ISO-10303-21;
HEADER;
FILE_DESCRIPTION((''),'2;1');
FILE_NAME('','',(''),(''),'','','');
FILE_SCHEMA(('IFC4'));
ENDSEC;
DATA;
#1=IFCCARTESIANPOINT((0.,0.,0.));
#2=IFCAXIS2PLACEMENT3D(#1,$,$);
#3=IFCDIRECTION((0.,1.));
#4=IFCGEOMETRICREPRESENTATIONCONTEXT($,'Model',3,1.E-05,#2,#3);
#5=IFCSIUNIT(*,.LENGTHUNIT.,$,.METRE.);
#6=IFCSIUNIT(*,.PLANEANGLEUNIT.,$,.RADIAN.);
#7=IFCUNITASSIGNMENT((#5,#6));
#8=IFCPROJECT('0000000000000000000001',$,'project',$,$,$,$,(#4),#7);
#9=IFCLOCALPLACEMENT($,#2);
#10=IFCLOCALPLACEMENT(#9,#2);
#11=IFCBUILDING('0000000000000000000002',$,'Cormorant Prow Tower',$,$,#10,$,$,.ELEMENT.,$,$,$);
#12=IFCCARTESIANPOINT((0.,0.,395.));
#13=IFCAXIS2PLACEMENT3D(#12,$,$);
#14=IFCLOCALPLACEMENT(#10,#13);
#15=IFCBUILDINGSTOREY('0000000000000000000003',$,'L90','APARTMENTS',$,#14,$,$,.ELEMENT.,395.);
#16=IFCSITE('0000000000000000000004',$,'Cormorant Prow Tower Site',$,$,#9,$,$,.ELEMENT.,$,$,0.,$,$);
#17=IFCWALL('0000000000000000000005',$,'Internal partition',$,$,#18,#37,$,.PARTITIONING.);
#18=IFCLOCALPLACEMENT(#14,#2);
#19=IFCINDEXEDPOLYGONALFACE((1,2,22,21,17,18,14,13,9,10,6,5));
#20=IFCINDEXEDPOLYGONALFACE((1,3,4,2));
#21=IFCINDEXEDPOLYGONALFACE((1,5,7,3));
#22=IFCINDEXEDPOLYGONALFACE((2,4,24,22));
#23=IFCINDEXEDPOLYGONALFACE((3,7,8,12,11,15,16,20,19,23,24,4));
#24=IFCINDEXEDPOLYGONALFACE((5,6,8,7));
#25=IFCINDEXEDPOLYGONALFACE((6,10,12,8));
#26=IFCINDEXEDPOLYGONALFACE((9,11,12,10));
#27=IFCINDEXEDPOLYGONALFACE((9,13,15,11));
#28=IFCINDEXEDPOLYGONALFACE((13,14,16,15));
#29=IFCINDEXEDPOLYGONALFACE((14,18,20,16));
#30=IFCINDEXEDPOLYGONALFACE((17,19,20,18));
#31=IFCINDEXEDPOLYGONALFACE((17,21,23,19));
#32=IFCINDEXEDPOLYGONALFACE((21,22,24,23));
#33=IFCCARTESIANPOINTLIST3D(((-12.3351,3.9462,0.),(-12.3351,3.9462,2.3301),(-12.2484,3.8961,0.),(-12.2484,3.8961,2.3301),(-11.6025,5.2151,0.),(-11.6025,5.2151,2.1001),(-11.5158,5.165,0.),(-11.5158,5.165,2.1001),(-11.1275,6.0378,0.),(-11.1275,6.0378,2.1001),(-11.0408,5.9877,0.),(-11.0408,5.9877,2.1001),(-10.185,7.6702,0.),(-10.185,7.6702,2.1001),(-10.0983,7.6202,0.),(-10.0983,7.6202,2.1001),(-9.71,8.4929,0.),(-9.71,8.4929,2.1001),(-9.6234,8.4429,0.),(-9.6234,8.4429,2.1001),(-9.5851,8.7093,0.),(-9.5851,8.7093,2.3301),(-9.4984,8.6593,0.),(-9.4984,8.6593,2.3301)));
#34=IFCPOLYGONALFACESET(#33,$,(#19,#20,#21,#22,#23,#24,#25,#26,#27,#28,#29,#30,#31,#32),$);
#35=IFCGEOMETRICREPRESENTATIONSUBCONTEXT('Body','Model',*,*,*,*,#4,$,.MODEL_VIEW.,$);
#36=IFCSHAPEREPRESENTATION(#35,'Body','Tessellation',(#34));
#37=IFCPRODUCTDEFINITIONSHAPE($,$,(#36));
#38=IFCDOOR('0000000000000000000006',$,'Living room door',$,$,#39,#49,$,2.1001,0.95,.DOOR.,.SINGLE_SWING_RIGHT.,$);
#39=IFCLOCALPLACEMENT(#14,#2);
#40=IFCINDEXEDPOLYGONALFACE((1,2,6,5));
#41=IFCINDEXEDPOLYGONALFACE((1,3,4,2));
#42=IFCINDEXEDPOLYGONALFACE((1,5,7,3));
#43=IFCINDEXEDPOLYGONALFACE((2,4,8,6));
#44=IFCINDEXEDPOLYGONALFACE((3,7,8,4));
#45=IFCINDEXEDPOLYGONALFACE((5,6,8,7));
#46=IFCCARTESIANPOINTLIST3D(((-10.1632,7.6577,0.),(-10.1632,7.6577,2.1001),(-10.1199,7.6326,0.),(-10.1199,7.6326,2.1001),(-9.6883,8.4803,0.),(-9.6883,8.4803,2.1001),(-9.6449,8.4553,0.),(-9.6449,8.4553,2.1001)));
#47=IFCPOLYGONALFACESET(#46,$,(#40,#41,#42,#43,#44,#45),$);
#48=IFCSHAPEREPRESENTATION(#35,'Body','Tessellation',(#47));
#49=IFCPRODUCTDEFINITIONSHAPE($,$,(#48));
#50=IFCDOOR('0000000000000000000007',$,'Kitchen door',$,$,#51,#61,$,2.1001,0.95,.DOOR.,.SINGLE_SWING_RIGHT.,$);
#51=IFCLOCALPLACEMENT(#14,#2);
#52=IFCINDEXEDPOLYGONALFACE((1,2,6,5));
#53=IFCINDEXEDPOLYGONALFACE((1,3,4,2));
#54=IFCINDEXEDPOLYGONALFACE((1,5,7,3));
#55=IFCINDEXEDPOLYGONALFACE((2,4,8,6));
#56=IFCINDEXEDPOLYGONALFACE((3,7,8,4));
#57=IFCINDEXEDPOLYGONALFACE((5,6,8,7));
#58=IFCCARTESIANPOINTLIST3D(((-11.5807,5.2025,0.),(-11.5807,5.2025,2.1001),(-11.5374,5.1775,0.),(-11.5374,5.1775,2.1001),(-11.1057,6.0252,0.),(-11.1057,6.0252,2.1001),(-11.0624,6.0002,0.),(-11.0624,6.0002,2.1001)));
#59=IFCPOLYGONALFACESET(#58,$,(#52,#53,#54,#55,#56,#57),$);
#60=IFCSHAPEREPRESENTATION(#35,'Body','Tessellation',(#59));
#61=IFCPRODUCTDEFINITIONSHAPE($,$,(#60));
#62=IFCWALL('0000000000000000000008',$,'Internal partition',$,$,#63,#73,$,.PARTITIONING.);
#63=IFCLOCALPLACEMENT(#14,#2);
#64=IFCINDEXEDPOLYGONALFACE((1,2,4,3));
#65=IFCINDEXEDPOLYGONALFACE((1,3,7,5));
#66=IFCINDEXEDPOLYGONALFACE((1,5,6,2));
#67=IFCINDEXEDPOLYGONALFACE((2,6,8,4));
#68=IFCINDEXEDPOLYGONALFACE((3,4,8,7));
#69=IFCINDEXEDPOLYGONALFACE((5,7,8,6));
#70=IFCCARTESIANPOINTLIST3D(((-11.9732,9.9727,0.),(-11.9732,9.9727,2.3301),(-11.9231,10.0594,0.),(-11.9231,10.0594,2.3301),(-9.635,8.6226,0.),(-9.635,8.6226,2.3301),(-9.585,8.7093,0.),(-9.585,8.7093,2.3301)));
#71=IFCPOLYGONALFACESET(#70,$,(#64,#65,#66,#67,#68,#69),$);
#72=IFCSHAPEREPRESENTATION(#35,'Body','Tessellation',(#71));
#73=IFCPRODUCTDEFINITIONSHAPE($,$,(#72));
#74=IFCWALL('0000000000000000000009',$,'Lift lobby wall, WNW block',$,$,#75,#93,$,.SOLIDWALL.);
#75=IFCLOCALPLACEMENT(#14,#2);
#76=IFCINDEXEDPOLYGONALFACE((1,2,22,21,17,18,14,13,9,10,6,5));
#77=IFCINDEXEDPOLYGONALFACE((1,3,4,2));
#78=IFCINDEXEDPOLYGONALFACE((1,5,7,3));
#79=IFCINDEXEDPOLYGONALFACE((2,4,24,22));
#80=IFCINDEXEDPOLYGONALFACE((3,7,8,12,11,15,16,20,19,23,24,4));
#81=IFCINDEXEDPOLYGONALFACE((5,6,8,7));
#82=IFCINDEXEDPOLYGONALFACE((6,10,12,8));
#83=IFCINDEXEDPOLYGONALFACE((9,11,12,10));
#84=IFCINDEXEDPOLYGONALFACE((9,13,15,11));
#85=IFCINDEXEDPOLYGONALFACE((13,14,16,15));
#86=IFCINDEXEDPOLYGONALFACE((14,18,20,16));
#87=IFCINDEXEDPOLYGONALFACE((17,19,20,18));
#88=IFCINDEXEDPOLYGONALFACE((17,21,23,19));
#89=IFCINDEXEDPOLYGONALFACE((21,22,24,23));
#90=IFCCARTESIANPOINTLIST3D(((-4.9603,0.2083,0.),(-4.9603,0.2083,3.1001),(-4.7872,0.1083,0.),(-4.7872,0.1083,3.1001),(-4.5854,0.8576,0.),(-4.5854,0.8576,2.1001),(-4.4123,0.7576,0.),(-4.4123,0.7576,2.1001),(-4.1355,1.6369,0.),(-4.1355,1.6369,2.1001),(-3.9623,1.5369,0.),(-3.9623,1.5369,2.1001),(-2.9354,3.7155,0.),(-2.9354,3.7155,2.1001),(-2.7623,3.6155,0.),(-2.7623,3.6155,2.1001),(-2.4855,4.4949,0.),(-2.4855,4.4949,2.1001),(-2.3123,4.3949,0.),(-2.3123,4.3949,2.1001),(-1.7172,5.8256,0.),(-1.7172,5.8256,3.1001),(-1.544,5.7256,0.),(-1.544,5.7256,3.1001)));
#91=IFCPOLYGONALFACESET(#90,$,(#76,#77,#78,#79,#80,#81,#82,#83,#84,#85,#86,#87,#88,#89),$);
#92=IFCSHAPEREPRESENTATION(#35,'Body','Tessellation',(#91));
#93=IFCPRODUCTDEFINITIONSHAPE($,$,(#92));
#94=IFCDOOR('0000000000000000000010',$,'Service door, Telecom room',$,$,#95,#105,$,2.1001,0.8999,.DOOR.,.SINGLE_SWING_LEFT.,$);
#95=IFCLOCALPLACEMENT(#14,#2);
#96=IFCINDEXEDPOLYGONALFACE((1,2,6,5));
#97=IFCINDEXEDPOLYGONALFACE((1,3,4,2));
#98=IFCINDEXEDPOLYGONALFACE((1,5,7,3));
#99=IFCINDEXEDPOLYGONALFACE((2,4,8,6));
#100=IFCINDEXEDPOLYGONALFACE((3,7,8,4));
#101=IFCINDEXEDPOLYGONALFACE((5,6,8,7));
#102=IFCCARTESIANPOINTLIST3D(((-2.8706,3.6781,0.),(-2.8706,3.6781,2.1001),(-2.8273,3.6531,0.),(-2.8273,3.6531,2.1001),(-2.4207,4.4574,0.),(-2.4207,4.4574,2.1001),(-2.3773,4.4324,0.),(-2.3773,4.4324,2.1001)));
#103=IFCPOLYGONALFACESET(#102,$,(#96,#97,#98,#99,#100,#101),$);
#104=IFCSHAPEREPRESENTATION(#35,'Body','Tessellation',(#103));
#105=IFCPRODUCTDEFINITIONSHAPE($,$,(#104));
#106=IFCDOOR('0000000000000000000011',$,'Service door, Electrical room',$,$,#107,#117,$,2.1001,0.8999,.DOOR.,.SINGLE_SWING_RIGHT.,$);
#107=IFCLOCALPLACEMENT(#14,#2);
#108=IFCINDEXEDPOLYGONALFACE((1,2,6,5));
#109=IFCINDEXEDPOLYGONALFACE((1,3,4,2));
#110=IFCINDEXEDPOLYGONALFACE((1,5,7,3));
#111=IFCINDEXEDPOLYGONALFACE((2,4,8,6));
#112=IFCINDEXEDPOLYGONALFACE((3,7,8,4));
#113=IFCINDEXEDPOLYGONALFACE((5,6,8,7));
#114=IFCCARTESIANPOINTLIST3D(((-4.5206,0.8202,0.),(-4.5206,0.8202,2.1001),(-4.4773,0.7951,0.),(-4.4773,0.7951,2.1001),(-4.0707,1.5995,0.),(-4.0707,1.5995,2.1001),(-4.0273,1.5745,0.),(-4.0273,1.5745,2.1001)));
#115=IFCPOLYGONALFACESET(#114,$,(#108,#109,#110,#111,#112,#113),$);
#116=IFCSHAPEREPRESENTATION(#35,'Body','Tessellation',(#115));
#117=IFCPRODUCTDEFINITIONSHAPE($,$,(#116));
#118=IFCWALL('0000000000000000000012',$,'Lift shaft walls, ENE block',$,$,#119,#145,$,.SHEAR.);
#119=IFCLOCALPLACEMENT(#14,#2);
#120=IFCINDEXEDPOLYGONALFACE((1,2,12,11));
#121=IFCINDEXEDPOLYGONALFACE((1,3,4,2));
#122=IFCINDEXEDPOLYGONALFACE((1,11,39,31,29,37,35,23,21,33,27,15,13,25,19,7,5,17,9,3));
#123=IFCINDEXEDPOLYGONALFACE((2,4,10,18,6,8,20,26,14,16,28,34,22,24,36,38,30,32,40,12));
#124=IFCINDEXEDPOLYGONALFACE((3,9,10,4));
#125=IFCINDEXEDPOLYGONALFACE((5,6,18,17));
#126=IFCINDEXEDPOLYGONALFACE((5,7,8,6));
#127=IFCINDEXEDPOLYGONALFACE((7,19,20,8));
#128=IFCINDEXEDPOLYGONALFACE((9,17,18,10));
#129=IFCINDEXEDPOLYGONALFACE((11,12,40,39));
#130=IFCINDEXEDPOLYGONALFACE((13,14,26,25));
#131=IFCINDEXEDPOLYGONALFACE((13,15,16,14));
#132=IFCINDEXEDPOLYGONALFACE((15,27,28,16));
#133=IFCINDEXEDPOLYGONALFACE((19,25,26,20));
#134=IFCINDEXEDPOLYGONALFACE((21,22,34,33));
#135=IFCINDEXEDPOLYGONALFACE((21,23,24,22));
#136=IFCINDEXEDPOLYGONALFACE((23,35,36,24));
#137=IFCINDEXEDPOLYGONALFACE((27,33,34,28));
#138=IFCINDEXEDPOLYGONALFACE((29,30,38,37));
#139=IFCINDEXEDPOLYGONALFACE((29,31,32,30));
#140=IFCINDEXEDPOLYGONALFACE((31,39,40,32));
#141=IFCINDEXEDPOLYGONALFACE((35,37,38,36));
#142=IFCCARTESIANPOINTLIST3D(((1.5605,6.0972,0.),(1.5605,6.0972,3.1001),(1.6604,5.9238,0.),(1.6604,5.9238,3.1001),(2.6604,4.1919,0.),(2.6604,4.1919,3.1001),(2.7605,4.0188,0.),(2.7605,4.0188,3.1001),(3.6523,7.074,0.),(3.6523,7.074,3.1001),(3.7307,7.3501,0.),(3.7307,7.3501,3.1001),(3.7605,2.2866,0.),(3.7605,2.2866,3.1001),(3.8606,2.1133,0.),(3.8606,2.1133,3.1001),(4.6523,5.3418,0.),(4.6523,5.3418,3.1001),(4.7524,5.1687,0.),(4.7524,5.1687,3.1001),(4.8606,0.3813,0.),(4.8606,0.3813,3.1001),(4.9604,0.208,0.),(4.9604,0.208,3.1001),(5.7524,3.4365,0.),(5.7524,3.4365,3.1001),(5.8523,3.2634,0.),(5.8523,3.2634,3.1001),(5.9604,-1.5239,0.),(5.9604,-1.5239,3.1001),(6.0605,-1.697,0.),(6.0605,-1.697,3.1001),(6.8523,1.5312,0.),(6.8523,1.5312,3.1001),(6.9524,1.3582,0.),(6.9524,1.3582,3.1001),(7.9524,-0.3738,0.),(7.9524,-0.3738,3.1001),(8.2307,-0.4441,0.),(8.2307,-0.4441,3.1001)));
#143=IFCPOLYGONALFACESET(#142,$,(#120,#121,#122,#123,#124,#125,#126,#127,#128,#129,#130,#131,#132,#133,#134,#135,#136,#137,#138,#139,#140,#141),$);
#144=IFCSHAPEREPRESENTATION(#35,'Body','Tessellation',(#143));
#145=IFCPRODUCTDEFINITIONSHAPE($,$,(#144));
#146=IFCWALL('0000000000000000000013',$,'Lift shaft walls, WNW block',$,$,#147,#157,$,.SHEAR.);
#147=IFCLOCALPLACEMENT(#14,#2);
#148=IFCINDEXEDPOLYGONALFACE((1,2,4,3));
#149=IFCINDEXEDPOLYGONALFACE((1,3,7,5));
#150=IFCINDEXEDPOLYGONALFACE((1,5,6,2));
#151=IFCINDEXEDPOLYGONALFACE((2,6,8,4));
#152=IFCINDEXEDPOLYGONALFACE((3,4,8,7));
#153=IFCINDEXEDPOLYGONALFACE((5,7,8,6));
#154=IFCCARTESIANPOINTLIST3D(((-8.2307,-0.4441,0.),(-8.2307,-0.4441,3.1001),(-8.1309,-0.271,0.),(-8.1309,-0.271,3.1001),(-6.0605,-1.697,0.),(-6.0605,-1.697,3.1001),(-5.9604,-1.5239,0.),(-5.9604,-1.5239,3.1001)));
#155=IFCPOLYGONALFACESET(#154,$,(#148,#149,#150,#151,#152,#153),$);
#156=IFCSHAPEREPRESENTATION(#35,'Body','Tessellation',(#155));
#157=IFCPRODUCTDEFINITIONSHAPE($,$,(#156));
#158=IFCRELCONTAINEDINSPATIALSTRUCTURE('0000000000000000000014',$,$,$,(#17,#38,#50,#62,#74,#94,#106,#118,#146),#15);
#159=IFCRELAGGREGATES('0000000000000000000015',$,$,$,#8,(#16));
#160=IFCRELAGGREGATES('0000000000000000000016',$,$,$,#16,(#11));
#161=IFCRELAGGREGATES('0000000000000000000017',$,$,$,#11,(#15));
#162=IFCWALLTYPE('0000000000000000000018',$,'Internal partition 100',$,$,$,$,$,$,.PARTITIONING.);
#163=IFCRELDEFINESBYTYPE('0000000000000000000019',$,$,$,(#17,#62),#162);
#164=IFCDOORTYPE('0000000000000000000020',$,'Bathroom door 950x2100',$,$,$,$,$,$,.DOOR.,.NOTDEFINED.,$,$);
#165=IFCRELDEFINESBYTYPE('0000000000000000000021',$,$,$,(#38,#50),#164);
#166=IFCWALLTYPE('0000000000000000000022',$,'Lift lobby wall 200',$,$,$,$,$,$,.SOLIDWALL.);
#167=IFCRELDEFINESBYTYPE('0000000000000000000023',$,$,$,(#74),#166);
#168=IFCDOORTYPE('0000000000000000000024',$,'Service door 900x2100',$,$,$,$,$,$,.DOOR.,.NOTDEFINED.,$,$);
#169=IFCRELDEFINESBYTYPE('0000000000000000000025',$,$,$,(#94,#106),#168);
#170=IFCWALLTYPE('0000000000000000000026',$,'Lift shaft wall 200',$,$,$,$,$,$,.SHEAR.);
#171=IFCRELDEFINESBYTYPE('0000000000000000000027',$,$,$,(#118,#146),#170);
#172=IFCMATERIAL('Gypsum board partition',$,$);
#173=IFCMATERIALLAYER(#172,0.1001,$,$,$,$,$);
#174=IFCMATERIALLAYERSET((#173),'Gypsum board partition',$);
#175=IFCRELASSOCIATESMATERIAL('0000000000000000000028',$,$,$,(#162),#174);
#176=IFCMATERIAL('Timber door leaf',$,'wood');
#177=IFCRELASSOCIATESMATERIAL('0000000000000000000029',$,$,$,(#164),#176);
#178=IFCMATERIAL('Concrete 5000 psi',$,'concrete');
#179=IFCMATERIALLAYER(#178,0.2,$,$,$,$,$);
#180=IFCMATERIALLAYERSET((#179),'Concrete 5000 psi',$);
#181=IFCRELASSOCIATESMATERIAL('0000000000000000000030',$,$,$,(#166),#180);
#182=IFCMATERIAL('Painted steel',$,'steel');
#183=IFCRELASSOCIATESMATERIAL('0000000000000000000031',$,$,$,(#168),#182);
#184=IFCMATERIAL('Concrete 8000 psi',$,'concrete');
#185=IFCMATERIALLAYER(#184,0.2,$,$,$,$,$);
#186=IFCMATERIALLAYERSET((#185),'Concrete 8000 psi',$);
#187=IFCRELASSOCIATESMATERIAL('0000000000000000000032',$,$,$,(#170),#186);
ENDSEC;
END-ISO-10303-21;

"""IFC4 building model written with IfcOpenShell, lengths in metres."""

from ifc_helpers import new_model, si_unit, direction, frame, frame_2d, origin, place, context, subcontext, project, spatial, polyline, rectangle, outline, extrude, material, layer, layer_set, type_object, element, fill, save


model = new_model("IFC4")

# Units and contexts
model_context = context("Model", 3, precision=1e-05, world=origin(), true_north=direction((0.0, 1.0)))
body_context = subcontext(model_context, "Body", "Model", "MODEL_VIEW")
ifc_project = project(units=[si_unit("LENGTHUNIT", "METRE"), si_unit("PLANEANGLEUNIT", "RADIAN")], contexts=[model_context])

# Site, building, storey
site_placement = place(None, origin())
site = spatial("IfcSite", under=ifc_project, at=site_placement, Name="Cormorant Prow Tower Site", CompositionType="ELEMENT", RefElevation=0.0)
building_placement = place(site_placement, origin())
building = spatial("IfcBuilding", under=site, at=building_placement, Name="Cormorant Prow Tower", CompositionType="ELEMENT")
storey_placement = place(building_placement, frame((0.0, 0.0, 395.0)))
storey = spatial("IfcBuildingStorey", under=building, at=storey_placement, Name="L90", Description="APARTMENTS", CompositionType="ELEMENT", Elevation=395.0)

# Wall, openings, doors
ifc_material_1 = material(Name="Gypsum board partition")
ifc_layer_1 = layer(ifc_material_1, 0.1001)
ifc_layer_set_1 = layer_set([ifc_layer_1], Name="Gypsum board partition")
wall_type_1 = type_object("IfcWallType", Name="Internal partition 100", PredefinedType="PARTITIONING", material=ifc_layer_set_1)
wall_1_placement = place(storey_placement, frame((-12.2917, 3.9211, 0.0), z_axis=(0.0, 0.0, 1.0), x_axis=(0.499997, 0.866027, 0.0)))
wall_1 = element("IfcWall", 1, at=wall_1_placement, inside=storey, type_object=wall_type_1, Name="Internal partition", PredefinedType="PARTITIONING", context=body_context, shape_type="SweptSolid", body=[
    extrude(rectangle(XDim=5.5, YDim=0.1001, at=frame_2d((2.75, 0.0))), origin(), (0.0, 0.0, 1.0), 2.3301),
])
opening_1_placement = place(wall_1_placement, frame((4.3, 0.0, 0.0)))
opening_1 = element("IfcOpeningElement", 2, at=opening_1_placement, cuts=wall_1, PredefinedType="OPENING", context=body_context, shape_type="SweptSolid", body=[
    extrude(rectangle(XDim=0.95, YDim=2.1001, at=frame_2d((0.4751, 1.05))), frame((0.0, 0.0601, 0.0), z_axis=(0.0, -1.0, 0.0), x_axis=(1.0, 0.0, 0.0)), (0.0, 0.0, 1.0), 0.1201),
])
opening_2_placement = place(wall_1_placement, frame((1.4651, 0.0, 0.0)))
opening_2 = element("IfcOpeningElement", 3, at=opening_2_placement, cuts=wall_1, PredefinedType="OPENING", context=body_context, shape_type="SweptSolid", body=[
    extrude(rectangle(XDim=0.95, YDim=2.1001, at=frame_2d((0.4751, 1.05))), frame((0.0, 0.0601, 0.0), z_axis=(0.0, -1.0, 0.0), x_axis=(1.0, 0.0, 0.0)), (0.0, 0.0, 1.0), 0.1201),
])
ifc_material_2 = material(Name="Timber door leaf", Category="wood")
door_type_1 = type_object("IfcDoorType", Name="Bathroom door 950x2100", OperationType="NOTDEFINED", PredefinedType="DOOR", material=ifc_material_2)
door_1_placement = place(opening_1_placement, origin())
door_1 = element("IfcDoor", 4, at=door_1_placement, inside=storey, type_object=door_type_1, Name="Living room door", OperationType="SINGLE_SWING_RIGHT", OverallHeight=2.1001, OverallWidth=0.95, PredefinedType="DOOR", context=body_context, shape_type="SweptSolid", body=[
    extrude(rectangle(XDim=0.95, YDim=2.1001, at=frame_2d((0.4751, 1.05))), frame((0.0, 0.0249, 0.0), z_axis=(0.0, -1.0, 0.0), x_axis=(1.0, 0.0, 0.0)), (0.0, 0.0, 1.0), 0.05),
])
fill(opening_1, door_1)
door_2_placement = place(opening_2_placement, origin())
door_2 = element("IfcDoor", 5, at=door_2_placement, inside=storey, type_object=door_type_1, Name="Kitchen door", OperationType="SINGLE_SWING_RIGHT", OverallHeight=2.1001, OverallWidth=0.95, PredefinedType="DOOR", context=body_context, shape_type="SweptSolid", body=[
    extrude(rectangle(XDim=0.95, YDim=2.1001, at=frame_2d((0.4751, 1.05))), frame((0.0, 0.0249, 0.0), z_axis=(0.0, -1.0, 0.0), x_axis=(1.0, 0.0, 0.0)), (0.0, 0.0, 1.0), 0.05),
])
fill(opening_2, door_2)

# Wall
wall_2_placement = place(storey_placement, frame((-11.9482, 10.0161, 0.0), z_axis=(0.0, 0.0, 1.0), x_axis=(0.865997, -0.500049, 0.0)))
element("IfcWall", 6, at=wall_2_placement, inside=storey, type_object=wall_type_1, Name="Internal partition", PredefinedType="PARTITIONING", context=body_context, shape_type="SweptSolid", body=[
    extrude(rectangle(XDim=2.7, YDim=0.1001, at=frame_2d((1.3501, 0.0))), origin(), (0.0, 0.0, 1.0), 2.3301),
])

# Wall, openings, doors
ifc_material_3 = material(Name="Concrete 5000 psi", Category="concrete")
ifc_layer_2 = layer(ifc_material_3, 0.2)
ifc_layer_set_2 = layer_set([ifc_layer_2], Name="Concrete 5000 psi")
wall_type_2 = type_object("IfcWallType", Name="Lift lobby wall 200", PredefinedType="SOLIDWALL", material=ifc_layer_set_2)
wall_3_placement = place(storey_placement, frame((-1.6306, 5.7756, 0.0), z_axis=(0.0, 0.0, 1.0), x_axis=(-0.499993, -0.86603, 0.0)))
wall_3 = element("IfcWall", 7, at=wall_3_placement, inside=storey, type_object=wall_type_2, Name="Lift lobby wall, WNW block", PredefinedType="SOLIDWALL", context=body_context, shape_type="SweptSolid", body=[
    extrude(rectangle(XDim=6.4863, YDim=0.2, at=frame_2d((3.2432, 0.0))), origin(), (0.0, 0.0, 1.0), 3.1001),
])
opening_3_placement = place(wall_3_placement, frame((1.5366, 0.0, 0.0)))
opening_3 = element("IfcOpeningElement", 8, at=opening_3_placement, cuts=wall_3, PredefinedType="OPENING", context=body_context, shape_type="SweptSolid", body=[
    extrude(rectangle(XDim=0.8999, YDim=2.1001, at=frame_2d((0.45, 1.05))), frame((0.0, 0.1099, 0.0), z_axis=(0.0, -1.0, 0.0), x_axis=(1.0, 0.0, 0.0)), (0.0, 0.0, 1.0), 0.22),
])
opening_4_placement = place(wall_3_placement, frame((4.8367, 0.0, 0.0)))
opening_4 = element("IfcOpeningElement", 9, at=opening_4_placement, cuts=wall_3, PredefinedType="OPENING", context=body_context, shape_type="SweptSolid", body=[
    extrude(rectangle(XDim=0.8999, YDim=2.1001, at=frame_2d((0.45, 1.05))), frame((0.0, 0.1099, 0.0), z_axis=(0.0, -1.0, 0.0), x_axis=(1.0, 0.0, 0.0)), (0.0, 0.0, 1.0), 0.22),
])
ifc_material_4 = material(Name="Painted steel", Category="steel")
door_type_2 = type_object("IfcDoorType", Name="Service door 900x2100", OperationType="NOTDEFINED", PredefinedType="DOOR", material=ifc_material_4)
door_3_placement = place(opening_3_placement, origin())
door_3 = element("IfcDoor", 10, at=door_3_placement, inside=storey, type_object=door_type_2, Name="Service door, Telecom room", OperationType="SINGLE_SWING_LEFT", OverallHeight=2.1001, OverallWidth=0.8999, PredefinedType="DOOR", context=body_context, shape_type="SweptSolid", body=[
    extrude(rectangle(XDim=0.8999, YDim=2.1001, at=frame_2d((0.45, 1.05))), frame((0.0, 0.0249, 0.0), z_axis=(0.0, -1.0, 0.0), x_axis=(1.0, 0.0, 0.0)), (0.0, 0.0, 1.0), 0.05),
])
fill(opening_3, door_3)
door_4_placement = place(opening_4_placement, origin())
door_4 = element("IfcDoor", 11, at=door_4_placement, inside=storey, type_object=door_type_2, Name="Service door, Electrical room", OperationType="SINGLE_SWING_RIGHT", OverallHeight=2.1001, OverallWidth=0.8999, PredefinedType="DOOR", context=body_context, shape_type="SweptSolid", body=[
    extrude(rectangle(XDim=0.8999, YDim=2.1001, at=frame_2d((0.45, 1.05))), frame((0.0, 0.0249, 0.0), z_axis=(0.0, -1.0, 0.0), x_axis=(1.0, 0.0, 0.0)), (0.0, 0.0, 1.0), 0.05),
])
fill(opening_4, door_4)

# Walls
ifc_material_5 = material(Name="Concrete 8000 psi", Category="concrete")
ifc_layer_3 = layer(ifc_material_5, 0.2)
ifc_layer_set_3 = layer_set([ifc_layer_3], Name="Concrete 8000 psi")
wall_type_3 = type_object("IfcWallType", Name="Lift shaft wall 200", PredefinedType="SHEAR", material=ifc_layer_set_3)
wall_4_placement = place(storey_placement, origin())
element("IfcWall", 12, at=wall_4_placement, inside=storey, type_object=wall_type_3, Name="Lift shaft walls, ENE block", PredefinedType="SHEAR", context=body_context, shape_type="SweptSolid", body=[
    extrude(outline(polyline([(1.5605, 6.0972), (3.7307, 7.3501), (8.2307, -0.4441), (6.0605, -1.697), (5.9604, -1.5239), (7.9524, -0.3738), (6.9524, 1.3582), (4.9604, 0.208), (4.8606, 0.3813), (6.8523, 1.5312), (5.8523, 3.2634), (3.8606, 2.1133), (3.7605, 2.2866), (5.7524, 3.4365), (4.7524, 5.1687), (2.7605, 4.0188), (2.6604, 4.1919), (4.6523, 5.3418), (3.6523, 7.074), (1.6604, 5.9238), (1.5605, 6.0972)])), origin(), (0.0, 0.0, 1.0), 3.1001),
])
wall_5_placement = place(storey_placement, origin())
element("IfcWall", 13, at=wall_5_placement, inside=storey, type_object=wall_type_3, Name="Lift shaft walls, WNW block", PredefinedType="SHEAR", context=body_context, shape_type="SweptSolid", body=[
    extrude(outline(polyline([(-6.0605, -1.697), (-8.2307, -0.4441), (-8.1309, -0.271), (-5.9604, -1.5239), (-6.0605, -1.697)])), origin(), (0.0, 0.0, 1.0), 3.1001),
])

save(model, "model.ifc")
